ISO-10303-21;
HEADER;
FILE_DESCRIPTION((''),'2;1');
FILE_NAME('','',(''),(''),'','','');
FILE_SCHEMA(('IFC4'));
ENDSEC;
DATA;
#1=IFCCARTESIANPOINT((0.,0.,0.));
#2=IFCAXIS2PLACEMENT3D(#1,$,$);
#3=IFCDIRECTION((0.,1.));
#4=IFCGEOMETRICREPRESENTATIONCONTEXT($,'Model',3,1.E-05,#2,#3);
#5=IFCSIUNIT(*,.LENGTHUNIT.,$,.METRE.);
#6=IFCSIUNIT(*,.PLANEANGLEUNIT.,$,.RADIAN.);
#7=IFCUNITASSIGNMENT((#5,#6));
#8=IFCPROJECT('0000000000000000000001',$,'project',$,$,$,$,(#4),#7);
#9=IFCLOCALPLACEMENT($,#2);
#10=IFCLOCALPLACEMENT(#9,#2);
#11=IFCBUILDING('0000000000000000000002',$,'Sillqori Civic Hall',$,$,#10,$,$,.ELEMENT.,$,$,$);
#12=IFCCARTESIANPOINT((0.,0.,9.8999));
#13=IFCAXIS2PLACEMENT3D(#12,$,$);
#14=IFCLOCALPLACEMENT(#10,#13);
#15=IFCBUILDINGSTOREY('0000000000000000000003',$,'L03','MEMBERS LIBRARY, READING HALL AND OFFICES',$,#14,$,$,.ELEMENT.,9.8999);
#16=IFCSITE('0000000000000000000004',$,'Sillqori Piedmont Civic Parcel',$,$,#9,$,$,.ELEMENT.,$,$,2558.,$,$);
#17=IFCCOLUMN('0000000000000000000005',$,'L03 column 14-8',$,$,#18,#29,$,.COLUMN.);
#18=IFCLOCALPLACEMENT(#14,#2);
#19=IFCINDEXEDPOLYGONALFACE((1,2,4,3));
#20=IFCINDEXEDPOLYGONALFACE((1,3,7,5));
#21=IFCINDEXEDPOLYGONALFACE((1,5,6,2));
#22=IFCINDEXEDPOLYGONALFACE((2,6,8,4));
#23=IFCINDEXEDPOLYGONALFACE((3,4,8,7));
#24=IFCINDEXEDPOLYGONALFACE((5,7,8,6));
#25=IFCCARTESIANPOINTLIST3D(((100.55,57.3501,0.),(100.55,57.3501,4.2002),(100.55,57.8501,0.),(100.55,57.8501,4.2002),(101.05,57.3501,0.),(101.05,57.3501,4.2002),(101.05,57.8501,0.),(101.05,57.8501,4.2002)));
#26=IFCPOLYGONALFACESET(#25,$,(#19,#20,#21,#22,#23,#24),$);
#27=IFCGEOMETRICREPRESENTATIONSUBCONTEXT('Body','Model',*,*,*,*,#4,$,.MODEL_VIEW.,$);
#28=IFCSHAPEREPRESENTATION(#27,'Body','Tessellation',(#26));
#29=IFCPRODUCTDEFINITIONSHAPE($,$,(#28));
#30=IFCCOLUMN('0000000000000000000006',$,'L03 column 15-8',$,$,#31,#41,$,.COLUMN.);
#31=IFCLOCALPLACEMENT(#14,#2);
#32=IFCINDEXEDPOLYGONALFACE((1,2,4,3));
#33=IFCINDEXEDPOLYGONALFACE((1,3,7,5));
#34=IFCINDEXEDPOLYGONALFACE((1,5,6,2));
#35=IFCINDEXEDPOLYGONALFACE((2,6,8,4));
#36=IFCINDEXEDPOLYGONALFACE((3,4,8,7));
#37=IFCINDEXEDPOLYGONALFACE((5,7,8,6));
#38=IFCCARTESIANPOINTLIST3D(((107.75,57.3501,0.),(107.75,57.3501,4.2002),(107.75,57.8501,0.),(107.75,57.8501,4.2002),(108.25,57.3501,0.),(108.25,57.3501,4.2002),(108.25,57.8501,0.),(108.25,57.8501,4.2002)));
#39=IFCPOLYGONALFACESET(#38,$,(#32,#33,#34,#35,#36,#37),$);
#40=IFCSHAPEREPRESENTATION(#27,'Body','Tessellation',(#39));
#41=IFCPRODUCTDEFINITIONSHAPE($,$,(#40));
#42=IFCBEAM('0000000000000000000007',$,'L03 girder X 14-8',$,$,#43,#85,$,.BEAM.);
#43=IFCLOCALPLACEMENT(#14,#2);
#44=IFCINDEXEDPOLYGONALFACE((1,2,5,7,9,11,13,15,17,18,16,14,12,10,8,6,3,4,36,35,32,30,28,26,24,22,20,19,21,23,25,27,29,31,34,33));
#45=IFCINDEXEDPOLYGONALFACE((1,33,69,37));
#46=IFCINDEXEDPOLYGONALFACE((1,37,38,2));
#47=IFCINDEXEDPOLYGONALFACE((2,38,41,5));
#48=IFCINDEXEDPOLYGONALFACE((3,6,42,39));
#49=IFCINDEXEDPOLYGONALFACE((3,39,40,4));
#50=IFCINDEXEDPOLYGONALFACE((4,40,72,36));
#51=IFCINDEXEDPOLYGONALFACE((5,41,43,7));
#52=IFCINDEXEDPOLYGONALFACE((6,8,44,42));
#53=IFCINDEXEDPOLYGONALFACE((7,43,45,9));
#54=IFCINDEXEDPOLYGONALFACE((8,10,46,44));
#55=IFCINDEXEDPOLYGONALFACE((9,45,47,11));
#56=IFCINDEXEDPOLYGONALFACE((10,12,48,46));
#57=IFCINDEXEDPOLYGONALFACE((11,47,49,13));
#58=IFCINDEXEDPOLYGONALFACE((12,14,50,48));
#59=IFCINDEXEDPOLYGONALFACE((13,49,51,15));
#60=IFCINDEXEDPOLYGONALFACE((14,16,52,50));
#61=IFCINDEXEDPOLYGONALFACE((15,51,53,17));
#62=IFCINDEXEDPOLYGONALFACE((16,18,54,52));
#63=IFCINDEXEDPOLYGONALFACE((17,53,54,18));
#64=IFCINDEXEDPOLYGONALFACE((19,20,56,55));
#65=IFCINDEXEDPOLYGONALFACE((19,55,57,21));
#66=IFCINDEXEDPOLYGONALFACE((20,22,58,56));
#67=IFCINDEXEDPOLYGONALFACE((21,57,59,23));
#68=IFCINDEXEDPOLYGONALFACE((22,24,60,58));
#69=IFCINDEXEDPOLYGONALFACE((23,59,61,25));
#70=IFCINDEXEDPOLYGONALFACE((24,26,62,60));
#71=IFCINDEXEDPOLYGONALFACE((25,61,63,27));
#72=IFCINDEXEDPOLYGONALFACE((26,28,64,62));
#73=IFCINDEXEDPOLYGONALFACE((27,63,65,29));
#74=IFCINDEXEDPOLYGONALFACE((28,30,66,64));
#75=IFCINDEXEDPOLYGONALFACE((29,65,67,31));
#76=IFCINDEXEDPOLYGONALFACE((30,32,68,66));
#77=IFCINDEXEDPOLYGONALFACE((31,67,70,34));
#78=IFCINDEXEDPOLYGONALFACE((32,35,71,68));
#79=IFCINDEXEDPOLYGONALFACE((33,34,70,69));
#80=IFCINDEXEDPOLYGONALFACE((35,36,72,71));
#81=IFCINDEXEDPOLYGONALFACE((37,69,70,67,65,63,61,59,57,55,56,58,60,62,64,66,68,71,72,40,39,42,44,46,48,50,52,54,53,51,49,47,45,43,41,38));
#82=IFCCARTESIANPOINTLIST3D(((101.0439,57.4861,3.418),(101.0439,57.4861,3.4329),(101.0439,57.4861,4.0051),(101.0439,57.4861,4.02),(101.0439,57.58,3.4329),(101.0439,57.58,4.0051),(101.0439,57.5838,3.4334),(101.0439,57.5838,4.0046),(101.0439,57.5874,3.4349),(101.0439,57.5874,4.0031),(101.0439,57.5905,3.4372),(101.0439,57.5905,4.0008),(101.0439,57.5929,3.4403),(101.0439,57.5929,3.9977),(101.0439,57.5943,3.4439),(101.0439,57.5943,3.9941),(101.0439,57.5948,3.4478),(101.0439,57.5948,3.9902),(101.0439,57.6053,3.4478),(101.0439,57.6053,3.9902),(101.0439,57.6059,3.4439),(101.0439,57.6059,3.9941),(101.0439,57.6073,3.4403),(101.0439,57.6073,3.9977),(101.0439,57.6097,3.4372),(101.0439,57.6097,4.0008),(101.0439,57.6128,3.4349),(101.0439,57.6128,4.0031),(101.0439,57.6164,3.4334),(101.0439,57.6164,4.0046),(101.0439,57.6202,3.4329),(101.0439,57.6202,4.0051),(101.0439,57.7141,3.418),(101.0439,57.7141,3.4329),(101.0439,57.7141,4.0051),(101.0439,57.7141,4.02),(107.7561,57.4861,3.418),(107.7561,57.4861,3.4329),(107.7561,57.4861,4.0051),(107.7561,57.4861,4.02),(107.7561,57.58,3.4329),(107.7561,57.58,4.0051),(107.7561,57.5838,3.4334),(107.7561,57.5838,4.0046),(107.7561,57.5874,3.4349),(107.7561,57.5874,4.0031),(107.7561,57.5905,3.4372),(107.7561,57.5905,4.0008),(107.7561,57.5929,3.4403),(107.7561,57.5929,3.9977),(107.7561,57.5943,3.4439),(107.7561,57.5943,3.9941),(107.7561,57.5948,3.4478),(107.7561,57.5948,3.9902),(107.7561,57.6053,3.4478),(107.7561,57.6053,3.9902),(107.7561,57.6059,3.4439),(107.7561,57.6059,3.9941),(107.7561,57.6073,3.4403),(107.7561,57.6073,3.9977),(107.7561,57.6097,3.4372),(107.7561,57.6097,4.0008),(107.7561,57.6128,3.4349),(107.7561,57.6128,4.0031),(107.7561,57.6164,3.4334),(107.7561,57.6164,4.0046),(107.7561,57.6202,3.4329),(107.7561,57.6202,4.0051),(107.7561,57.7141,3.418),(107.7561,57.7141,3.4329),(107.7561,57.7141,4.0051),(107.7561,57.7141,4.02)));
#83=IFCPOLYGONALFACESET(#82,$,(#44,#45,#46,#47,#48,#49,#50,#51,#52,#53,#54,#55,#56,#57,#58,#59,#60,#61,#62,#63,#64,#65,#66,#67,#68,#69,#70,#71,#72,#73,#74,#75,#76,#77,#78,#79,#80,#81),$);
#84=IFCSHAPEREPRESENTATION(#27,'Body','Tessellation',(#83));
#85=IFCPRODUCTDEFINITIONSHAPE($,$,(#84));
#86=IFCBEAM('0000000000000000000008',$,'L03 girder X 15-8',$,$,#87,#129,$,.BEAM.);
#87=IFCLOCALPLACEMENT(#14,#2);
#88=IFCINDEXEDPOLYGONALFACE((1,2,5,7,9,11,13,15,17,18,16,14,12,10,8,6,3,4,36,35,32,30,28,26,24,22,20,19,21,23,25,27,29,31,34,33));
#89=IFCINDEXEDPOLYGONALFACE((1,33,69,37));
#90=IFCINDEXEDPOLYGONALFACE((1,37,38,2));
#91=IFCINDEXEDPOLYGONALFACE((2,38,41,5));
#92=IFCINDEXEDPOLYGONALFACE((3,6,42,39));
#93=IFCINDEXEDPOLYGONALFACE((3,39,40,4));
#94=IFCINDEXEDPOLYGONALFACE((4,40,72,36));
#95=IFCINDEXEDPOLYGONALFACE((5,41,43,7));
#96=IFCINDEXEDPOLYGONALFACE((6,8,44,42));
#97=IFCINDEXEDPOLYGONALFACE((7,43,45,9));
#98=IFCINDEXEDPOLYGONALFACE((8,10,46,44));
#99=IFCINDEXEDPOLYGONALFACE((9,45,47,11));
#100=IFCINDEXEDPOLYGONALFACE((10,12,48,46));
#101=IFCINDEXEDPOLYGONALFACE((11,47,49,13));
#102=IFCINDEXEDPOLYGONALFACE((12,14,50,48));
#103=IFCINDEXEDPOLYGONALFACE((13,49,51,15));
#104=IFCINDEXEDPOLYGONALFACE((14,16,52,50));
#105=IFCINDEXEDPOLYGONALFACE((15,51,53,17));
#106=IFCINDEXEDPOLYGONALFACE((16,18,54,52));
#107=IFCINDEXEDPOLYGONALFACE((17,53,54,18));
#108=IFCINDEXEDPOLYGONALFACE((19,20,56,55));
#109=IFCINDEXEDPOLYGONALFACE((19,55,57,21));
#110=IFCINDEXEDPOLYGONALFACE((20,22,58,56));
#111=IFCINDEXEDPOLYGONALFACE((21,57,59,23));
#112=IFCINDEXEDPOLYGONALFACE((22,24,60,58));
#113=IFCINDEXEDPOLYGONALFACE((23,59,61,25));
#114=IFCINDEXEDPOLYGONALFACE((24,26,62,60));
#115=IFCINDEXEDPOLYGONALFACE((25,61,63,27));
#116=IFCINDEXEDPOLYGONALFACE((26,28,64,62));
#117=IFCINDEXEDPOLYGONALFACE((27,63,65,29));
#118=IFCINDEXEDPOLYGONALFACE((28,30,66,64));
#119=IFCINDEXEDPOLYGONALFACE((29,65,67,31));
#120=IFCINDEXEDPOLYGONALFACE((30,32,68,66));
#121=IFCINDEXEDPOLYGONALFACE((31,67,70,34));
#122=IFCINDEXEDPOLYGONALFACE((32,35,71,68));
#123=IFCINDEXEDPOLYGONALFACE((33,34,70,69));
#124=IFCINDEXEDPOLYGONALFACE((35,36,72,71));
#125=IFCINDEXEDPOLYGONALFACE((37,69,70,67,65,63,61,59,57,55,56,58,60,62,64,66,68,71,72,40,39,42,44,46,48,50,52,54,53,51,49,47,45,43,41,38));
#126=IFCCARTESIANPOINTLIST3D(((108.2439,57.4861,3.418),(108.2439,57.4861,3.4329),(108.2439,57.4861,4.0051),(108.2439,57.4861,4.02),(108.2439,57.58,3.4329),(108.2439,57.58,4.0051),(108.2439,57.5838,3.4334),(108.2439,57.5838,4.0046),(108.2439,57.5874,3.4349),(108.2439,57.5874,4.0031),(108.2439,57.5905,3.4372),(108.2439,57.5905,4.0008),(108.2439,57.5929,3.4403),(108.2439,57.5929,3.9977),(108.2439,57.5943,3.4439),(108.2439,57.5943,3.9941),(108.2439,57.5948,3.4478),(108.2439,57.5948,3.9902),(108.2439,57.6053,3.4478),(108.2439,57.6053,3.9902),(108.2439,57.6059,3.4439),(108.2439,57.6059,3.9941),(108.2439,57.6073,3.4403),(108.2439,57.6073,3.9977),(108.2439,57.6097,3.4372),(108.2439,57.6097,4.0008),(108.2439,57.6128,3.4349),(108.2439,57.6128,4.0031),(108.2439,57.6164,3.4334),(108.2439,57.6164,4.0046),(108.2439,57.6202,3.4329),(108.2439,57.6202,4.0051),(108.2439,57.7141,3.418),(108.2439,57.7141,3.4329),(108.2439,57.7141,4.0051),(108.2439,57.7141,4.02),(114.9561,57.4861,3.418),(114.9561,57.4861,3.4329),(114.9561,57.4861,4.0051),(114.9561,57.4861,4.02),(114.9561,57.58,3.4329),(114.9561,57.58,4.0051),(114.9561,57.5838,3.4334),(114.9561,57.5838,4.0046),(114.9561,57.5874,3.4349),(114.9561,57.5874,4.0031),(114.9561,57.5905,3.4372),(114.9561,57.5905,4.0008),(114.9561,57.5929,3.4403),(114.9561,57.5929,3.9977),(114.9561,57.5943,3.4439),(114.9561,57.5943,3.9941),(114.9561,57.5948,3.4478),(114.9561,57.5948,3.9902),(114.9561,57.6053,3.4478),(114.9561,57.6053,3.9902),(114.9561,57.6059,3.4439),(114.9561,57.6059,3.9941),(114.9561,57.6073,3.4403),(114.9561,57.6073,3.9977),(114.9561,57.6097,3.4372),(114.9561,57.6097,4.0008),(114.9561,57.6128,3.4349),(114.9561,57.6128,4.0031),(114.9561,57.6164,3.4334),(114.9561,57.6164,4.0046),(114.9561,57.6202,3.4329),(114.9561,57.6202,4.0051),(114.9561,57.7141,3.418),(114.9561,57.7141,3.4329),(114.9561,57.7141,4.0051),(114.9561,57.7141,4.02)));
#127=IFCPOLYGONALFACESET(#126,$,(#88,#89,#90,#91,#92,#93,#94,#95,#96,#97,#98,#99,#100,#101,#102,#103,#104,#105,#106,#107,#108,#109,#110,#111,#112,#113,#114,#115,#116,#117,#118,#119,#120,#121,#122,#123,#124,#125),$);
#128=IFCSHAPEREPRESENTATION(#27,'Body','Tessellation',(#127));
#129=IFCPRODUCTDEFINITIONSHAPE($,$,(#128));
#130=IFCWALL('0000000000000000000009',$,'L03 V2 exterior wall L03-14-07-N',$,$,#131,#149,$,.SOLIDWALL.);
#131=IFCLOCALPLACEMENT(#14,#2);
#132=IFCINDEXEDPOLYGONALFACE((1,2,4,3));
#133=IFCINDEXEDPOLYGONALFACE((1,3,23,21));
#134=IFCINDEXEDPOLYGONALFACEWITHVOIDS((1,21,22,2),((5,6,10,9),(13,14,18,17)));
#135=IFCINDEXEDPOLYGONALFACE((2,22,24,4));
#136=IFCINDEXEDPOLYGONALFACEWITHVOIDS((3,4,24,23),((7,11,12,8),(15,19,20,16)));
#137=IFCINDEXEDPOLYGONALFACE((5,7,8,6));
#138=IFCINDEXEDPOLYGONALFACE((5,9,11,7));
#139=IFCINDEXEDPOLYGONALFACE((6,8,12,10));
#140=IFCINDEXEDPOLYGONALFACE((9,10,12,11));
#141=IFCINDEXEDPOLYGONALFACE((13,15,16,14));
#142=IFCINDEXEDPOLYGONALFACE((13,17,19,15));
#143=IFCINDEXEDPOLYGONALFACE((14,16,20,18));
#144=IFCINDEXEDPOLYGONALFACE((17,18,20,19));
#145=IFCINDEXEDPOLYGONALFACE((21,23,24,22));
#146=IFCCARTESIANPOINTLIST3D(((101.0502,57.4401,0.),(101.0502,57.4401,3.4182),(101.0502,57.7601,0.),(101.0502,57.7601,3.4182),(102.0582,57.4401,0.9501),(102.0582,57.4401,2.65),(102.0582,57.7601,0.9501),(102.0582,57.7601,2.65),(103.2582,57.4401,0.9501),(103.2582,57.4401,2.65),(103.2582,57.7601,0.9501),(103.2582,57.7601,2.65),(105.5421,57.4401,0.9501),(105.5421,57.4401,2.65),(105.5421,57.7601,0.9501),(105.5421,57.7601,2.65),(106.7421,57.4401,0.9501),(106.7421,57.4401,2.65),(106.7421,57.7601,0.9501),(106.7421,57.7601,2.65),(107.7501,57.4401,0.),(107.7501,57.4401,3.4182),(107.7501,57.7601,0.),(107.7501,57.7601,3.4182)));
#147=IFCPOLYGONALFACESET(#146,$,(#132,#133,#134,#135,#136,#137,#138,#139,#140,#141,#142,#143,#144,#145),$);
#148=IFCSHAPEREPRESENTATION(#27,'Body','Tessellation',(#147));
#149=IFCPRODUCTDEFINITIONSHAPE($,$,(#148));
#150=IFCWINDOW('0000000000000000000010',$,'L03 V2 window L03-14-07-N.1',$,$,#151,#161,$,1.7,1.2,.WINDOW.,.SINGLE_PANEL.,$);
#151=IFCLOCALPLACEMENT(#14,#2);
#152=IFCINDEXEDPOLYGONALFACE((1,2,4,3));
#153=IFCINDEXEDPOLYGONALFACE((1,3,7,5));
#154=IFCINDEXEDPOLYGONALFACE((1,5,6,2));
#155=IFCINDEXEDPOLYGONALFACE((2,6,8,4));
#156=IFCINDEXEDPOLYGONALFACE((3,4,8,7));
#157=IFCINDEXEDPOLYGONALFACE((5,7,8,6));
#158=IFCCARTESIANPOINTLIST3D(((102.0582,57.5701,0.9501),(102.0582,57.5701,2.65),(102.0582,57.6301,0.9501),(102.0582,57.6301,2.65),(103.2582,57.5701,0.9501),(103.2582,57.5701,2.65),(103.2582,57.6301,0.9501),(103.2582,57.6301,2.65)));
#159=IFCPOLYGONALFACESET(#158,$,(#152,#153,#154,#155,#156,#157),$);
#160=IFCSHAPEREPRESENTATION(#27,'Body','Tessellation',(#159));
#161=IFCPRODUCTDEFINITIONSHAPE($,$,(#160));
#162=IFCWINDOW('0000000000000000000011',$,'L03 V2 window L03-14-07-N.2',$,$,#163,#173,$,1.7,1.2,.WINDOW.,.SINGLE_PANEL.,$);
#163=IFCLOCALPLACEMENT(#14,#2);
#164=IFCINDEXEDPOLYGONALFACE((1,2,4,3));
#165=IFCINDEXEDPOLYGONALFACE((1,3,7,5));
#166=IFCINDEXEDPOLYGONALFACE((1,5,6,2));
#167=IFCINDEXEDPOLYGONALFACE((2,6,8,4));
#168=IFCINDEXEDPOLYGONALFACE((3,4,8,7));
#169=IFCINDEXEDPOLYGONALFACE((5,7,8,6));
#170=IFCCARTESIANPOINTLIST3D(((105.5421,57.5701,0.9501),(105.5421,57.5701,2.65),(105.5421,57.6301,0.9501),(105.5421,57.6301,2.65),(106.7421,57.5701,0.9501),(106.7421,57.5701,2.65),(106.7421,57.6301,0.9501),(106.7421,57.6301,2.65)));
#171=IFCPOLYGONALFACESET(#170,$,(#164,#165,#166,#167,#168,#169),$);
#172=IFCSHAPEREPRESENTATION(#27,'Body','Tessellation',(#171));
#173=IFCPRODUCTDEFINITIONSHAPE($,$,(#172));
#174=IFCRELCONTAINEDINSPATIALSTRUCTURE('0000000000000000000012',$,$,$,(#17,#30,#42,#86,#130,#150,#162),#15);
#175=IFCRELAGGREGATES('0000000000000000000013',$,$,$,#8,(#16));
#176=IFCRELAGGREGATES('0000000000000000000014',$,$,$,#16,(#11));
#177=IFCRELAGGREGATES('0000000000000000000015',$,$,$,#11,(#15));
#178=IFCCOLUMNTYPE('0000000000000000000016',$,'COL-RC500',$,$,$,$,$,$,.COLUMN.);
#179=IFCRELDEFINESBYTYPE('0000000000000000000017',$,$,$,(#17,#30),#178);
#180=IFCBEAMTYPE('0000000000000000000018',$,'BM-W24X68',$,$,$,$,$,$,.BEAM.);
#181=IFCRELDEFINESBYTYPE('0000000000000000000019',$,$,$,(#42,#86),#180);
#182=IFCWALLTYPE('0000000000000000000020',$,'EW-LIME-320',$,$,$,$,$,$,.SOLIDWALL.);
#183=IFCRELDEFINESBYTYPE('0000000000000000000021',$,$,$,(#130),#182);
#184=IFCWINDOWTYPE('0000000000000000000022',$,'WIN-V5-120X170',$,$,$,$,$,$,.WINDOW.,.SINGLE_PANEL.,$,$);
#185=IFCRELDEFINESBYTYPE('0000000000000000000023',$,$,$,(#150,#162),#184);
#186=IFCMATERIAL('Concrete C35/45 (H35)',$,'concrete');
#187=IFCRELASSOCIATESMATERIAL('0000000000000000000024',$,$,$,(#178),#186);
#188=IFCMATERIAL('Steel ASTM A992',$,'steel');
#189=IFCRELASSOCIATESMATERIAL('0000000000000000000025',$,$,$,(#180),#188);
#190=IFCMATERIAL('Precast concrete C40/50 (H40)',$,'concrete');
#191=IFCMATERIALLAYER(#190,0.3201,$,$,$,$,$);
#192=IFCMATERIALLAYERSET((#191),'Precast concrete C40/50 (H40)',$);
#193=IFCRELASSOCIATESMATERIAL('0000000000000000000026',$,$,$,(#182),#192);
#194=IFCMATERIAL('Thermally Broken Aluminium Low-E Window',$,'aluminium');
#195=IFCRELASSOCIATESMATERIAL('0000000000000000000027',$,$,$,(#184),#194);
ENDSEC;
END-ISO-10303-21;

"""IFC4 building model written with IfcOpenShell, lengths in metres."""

from ifc_helpers import new_model, si_unit, direction, frame, frame_2d, origin, origin_2d, place, context, subcontext, project, spatial, rectangle, i_section, extrude, material, layer, layer_set, material_profile, profile_set, type_object, element, fill, save


model = new_model("IFC4")

# Units and contexts
model_context = context("Model", 3, precision=1e-05, world=origin(), true_north=direction((0.0, 1.0)))
body_context = subcontext(model_context, "Body", "Model", "MODEL_VIEW")
ifc_project = project(units=[si_unit("LENGTHUNIT", "METRE"), si_unit("PLANEANGLEUNIT", "RADIAN")], contexts=[model_context])

# Site, building, storey
site_placement = place(None, origin())
site = spatial("IfcSite", under=ifc_project, at=site_placement, Name="Sillqori Piedmont Civic Parcel", CompositionType="ELEMENT", RefElevation=2558.0)
building_placement = place(site_placement, origin())
building = spatial("IfcBuilding", under=site, at=building_placement, Name="Sillqori Civic Hall", CompositionType="ELEMENT")
storey_placement = place(building_placement, frame((0.0, 0.0, 9.8999)))
storey = spatial("IfcBuildingStorey", under=building, at=storey_placement, Name="L03", Description="MEMBERS LIBRARY, READING HALL AND OFFICES", CompositionType="ELEMENT", Elevation=9.8999)

# Columns
ifc_material_1 = material(Name="Concrete C35/45 (H35)", Category="concrete")
ifc_material_profile_1 = material_profile(ifc_material_1, rectangle(XDim=0.5, YDim=0.5, at=origin_2d()), Name="RC 500x500")
ifc_profile_set_1 = profile_set([ifc_material_profile_1], Name="Concrete C35/45 (H35)")
column_type = type_object("IfcColumnType", Name="COL-RC500", PredefinedType="COLUMN", material=ifc_profile_set_1)
for number, where, z_axis, x_axis, name in (
    (1, (100.8, 57.6001, 0.0), (0.0, 0.0, 1.0), (1.0, 0.0, 0.0), "L03 column 14-8"),
    (2, (108.0, 57.6001, 0.0), (0.0, 0.0, 1.0), (1.0, 0.0, 0.0), "L03 column 15-8"),
):
    element("IfcColumn", number, at=place(storey_placement, frame(where, z_axis=z_axis, x_axis=x_axis)), inside=storey, type_object=column_type, Name=name, PredefinedType="COLUMN", context=body_context, shape_type="SweptSolid", body=[
        extrude(rectangle(XDim=0.5, YDim=0.5, at=origin_2d()), origin(), (0.0, 0.0, 1.0), 4.2002),
    ])

# Beams
ifc_material_2 = material(Name="Steel ASTM A992", Category="steel")
ifc_material_profile_2 = material_profile(ifc_material_2, i_section(OverallWidth=0.228, OverallDepth=0.6021, WebThickness=0.0105, FlangeThickness=0.0149, FilletRadius=0.0149, at=origin_2d()), Name="W24X68")
ifc_profile_set_2 = profile_set([ifc_material_profile_2], Name="Steel ASTM A992")
beam_type = type_object("IfcBeamType", Name="BM-W24X68", PredefinedType="BEAM", material=ifc_profile_set_2)
for number, where, z_axis, x_axis, name in (
    (3, (101.0439, 57.6001, 3.719), (1.0, 0.0, 0.0), (0.0, 1.0, 0.0), "L03 girder X 14-8"),
    (4, (108.2439, 57.6001, 3.719), (1.0, 0.0, 0.0), (0.0, 1.0, 0.0), "L03 girder X 15-8"),
):
    element("IfcBeam", number, at=place(storey_placement, frame(where, z_axis=z_axis, x_axis=x_axis)), inside=storey, type_object=beam_type, Name=name, PredefinedType="BEAM", context=body_context, shape_type="SweptSolid", body=[
        extrude(i_section(OverallWidth=0.228, OverallDepth=0.6021, WebThickness=0.0105, FlangeThickness=0.0149, FilletRadius=0.0149, at=origin_2d()), origin(), (0.0, 0.0, 1.0), 6.7122),
    ])

# Wall, openings, windows
ifc_material_3 = material(Name="Precast concrete C40/50 (H40)", Category="concrete")
ifc_layer_1 = layer(ifc_material_3, 0.3201)
ifc_layer_set_1 = layer_set([ifc_layer_1], Name="Precast concrete C40/50 (H40)")
wall_type = type_object("IfcWallType", Name="EW-LIME-320", PredefinedType="SOLIDWALL", material=ifc_layer_set_1)
wall_1_placement = place(storey_placement, frame((101.05, 57.6001, 0.0), z_axis=(0.0, 0.0, 1.0), x_axis=(1.0, 0.0, 0.0)))
wall_1 = element("IfcWall", 5, at=wall_1_placement, inside=storey, type_object=wall_type, Name="L03 V2 exterior wall L03-14-07-N", PredefinedType="SOLIDWALL", context=body_context, shape_type="SweptSolid", body=[
    extrude(rectangle(XDim=6.7, YDim=0.3201, at=frame_2d((3.3501, 0.0))), origin(), (0.0, 0.0, 1.0), 3.4182),
])
opening_1_placement = place(wall_1_placement, frame((1.0081, 0.0, 0.95)))
opening_1 = element("IfcOpeningElement", 6, at=opening_1_placement, cuts=wall_1, PredefinedType="OPENING", context=body_context, shape_type="SweptSolid", body=[
    extrude(rectangle(XDim=1.2, YDim=1.7, at=frame_2d((0.6001, 0.8501))), frame((0.0, 0.1699, 0.0), z_axis=(0.0, -1.0, 0.0), x_axis=(1.0, 0.0, 0.0)), (0.0, 0.0, 1.0), 0.3401),
])
opening_2_placement = place(wall_1_placement, frame((4.4919, 0.0, 0.95)))
opening_2 = element("IfcOpeningElement", 7, at=opening_2_placement, cuts=wall_1, PredefinedType="OPENING", context=body_context, shape_type="SweptSolid", body=[
    extrude(rectangle(XDim=1.2, YDim=1.7, at=frame_2d((0.6001, 0.8501))), frame((0.0, 0.1699, 0.0), z_axis=(0.0, -1.0, 0.0), x_axis=(1.0, 0.0, 0.0)), (0.0, 0.0, 1.0), 0.3401),
])
ifc_material_4 = material(Name="Thermally Broken Aluminium Low-E Window", Category="aluminium")
window_type = type_object("IfcWindowType", Name="WIN-V5-120X170", PartitioningType="SINGLE_PANEL", PredefinedType="WINDOW", material=ifc_material_4)
window_1_placement = place(opening_1_placement, origin())
window_1 = element("IfcWindow", 8, at=window_1_placement, inside=storey, type_object=window_type, Name="L03 V2 window L03-14-07-N.1", OverallHeight=1.7, OverallWidth=1.2, PartitioningType="SINGLE_PANEL", PredefinedType="WINDOW", context=body_context, shape_type="SweptSolid", body=[
    extrude(rectangle(XDim=1.2, YDim=1.7, at=frame_2d((0.6001, 0.8501))), frame((0.0, 0.03, 0.0), z_axis=(0.0, -1.0, 0.0), x_axis=(1.0, 0.0, 0.0)), (0.0, 0.0, 1.0), 0.0601),
])
fill(opening_1, window_1)
window_2_placement = place(opening_2_placement, origin())
window_2 = element("IfcWindow", 9, at=window_2_placement, inside=storey, type_object=window_type, Name="L03 V2 window L03-14-07-N.2", OverallHeight=1.7, OverallWidth=1.2, PartitioningType="SINGLE_PANEL", PredefinedType="WINDOW", context=body_context, shape_type="SweptSolid", body=[
    extrude(rectangle(XDim=1.2, YDim=1.7, at=frame_2d((0.6001, 0.8501))), frame((0.0, 0.03, 0.0), z_axis=(0.0, -1.0, 0.0), x_axis=(1.0, 0.0, 0.0)), (0.0, 0.0, 1.0), 0.0601),
])
fill(opening_2, window_2)

save(model, "model.ifc")
